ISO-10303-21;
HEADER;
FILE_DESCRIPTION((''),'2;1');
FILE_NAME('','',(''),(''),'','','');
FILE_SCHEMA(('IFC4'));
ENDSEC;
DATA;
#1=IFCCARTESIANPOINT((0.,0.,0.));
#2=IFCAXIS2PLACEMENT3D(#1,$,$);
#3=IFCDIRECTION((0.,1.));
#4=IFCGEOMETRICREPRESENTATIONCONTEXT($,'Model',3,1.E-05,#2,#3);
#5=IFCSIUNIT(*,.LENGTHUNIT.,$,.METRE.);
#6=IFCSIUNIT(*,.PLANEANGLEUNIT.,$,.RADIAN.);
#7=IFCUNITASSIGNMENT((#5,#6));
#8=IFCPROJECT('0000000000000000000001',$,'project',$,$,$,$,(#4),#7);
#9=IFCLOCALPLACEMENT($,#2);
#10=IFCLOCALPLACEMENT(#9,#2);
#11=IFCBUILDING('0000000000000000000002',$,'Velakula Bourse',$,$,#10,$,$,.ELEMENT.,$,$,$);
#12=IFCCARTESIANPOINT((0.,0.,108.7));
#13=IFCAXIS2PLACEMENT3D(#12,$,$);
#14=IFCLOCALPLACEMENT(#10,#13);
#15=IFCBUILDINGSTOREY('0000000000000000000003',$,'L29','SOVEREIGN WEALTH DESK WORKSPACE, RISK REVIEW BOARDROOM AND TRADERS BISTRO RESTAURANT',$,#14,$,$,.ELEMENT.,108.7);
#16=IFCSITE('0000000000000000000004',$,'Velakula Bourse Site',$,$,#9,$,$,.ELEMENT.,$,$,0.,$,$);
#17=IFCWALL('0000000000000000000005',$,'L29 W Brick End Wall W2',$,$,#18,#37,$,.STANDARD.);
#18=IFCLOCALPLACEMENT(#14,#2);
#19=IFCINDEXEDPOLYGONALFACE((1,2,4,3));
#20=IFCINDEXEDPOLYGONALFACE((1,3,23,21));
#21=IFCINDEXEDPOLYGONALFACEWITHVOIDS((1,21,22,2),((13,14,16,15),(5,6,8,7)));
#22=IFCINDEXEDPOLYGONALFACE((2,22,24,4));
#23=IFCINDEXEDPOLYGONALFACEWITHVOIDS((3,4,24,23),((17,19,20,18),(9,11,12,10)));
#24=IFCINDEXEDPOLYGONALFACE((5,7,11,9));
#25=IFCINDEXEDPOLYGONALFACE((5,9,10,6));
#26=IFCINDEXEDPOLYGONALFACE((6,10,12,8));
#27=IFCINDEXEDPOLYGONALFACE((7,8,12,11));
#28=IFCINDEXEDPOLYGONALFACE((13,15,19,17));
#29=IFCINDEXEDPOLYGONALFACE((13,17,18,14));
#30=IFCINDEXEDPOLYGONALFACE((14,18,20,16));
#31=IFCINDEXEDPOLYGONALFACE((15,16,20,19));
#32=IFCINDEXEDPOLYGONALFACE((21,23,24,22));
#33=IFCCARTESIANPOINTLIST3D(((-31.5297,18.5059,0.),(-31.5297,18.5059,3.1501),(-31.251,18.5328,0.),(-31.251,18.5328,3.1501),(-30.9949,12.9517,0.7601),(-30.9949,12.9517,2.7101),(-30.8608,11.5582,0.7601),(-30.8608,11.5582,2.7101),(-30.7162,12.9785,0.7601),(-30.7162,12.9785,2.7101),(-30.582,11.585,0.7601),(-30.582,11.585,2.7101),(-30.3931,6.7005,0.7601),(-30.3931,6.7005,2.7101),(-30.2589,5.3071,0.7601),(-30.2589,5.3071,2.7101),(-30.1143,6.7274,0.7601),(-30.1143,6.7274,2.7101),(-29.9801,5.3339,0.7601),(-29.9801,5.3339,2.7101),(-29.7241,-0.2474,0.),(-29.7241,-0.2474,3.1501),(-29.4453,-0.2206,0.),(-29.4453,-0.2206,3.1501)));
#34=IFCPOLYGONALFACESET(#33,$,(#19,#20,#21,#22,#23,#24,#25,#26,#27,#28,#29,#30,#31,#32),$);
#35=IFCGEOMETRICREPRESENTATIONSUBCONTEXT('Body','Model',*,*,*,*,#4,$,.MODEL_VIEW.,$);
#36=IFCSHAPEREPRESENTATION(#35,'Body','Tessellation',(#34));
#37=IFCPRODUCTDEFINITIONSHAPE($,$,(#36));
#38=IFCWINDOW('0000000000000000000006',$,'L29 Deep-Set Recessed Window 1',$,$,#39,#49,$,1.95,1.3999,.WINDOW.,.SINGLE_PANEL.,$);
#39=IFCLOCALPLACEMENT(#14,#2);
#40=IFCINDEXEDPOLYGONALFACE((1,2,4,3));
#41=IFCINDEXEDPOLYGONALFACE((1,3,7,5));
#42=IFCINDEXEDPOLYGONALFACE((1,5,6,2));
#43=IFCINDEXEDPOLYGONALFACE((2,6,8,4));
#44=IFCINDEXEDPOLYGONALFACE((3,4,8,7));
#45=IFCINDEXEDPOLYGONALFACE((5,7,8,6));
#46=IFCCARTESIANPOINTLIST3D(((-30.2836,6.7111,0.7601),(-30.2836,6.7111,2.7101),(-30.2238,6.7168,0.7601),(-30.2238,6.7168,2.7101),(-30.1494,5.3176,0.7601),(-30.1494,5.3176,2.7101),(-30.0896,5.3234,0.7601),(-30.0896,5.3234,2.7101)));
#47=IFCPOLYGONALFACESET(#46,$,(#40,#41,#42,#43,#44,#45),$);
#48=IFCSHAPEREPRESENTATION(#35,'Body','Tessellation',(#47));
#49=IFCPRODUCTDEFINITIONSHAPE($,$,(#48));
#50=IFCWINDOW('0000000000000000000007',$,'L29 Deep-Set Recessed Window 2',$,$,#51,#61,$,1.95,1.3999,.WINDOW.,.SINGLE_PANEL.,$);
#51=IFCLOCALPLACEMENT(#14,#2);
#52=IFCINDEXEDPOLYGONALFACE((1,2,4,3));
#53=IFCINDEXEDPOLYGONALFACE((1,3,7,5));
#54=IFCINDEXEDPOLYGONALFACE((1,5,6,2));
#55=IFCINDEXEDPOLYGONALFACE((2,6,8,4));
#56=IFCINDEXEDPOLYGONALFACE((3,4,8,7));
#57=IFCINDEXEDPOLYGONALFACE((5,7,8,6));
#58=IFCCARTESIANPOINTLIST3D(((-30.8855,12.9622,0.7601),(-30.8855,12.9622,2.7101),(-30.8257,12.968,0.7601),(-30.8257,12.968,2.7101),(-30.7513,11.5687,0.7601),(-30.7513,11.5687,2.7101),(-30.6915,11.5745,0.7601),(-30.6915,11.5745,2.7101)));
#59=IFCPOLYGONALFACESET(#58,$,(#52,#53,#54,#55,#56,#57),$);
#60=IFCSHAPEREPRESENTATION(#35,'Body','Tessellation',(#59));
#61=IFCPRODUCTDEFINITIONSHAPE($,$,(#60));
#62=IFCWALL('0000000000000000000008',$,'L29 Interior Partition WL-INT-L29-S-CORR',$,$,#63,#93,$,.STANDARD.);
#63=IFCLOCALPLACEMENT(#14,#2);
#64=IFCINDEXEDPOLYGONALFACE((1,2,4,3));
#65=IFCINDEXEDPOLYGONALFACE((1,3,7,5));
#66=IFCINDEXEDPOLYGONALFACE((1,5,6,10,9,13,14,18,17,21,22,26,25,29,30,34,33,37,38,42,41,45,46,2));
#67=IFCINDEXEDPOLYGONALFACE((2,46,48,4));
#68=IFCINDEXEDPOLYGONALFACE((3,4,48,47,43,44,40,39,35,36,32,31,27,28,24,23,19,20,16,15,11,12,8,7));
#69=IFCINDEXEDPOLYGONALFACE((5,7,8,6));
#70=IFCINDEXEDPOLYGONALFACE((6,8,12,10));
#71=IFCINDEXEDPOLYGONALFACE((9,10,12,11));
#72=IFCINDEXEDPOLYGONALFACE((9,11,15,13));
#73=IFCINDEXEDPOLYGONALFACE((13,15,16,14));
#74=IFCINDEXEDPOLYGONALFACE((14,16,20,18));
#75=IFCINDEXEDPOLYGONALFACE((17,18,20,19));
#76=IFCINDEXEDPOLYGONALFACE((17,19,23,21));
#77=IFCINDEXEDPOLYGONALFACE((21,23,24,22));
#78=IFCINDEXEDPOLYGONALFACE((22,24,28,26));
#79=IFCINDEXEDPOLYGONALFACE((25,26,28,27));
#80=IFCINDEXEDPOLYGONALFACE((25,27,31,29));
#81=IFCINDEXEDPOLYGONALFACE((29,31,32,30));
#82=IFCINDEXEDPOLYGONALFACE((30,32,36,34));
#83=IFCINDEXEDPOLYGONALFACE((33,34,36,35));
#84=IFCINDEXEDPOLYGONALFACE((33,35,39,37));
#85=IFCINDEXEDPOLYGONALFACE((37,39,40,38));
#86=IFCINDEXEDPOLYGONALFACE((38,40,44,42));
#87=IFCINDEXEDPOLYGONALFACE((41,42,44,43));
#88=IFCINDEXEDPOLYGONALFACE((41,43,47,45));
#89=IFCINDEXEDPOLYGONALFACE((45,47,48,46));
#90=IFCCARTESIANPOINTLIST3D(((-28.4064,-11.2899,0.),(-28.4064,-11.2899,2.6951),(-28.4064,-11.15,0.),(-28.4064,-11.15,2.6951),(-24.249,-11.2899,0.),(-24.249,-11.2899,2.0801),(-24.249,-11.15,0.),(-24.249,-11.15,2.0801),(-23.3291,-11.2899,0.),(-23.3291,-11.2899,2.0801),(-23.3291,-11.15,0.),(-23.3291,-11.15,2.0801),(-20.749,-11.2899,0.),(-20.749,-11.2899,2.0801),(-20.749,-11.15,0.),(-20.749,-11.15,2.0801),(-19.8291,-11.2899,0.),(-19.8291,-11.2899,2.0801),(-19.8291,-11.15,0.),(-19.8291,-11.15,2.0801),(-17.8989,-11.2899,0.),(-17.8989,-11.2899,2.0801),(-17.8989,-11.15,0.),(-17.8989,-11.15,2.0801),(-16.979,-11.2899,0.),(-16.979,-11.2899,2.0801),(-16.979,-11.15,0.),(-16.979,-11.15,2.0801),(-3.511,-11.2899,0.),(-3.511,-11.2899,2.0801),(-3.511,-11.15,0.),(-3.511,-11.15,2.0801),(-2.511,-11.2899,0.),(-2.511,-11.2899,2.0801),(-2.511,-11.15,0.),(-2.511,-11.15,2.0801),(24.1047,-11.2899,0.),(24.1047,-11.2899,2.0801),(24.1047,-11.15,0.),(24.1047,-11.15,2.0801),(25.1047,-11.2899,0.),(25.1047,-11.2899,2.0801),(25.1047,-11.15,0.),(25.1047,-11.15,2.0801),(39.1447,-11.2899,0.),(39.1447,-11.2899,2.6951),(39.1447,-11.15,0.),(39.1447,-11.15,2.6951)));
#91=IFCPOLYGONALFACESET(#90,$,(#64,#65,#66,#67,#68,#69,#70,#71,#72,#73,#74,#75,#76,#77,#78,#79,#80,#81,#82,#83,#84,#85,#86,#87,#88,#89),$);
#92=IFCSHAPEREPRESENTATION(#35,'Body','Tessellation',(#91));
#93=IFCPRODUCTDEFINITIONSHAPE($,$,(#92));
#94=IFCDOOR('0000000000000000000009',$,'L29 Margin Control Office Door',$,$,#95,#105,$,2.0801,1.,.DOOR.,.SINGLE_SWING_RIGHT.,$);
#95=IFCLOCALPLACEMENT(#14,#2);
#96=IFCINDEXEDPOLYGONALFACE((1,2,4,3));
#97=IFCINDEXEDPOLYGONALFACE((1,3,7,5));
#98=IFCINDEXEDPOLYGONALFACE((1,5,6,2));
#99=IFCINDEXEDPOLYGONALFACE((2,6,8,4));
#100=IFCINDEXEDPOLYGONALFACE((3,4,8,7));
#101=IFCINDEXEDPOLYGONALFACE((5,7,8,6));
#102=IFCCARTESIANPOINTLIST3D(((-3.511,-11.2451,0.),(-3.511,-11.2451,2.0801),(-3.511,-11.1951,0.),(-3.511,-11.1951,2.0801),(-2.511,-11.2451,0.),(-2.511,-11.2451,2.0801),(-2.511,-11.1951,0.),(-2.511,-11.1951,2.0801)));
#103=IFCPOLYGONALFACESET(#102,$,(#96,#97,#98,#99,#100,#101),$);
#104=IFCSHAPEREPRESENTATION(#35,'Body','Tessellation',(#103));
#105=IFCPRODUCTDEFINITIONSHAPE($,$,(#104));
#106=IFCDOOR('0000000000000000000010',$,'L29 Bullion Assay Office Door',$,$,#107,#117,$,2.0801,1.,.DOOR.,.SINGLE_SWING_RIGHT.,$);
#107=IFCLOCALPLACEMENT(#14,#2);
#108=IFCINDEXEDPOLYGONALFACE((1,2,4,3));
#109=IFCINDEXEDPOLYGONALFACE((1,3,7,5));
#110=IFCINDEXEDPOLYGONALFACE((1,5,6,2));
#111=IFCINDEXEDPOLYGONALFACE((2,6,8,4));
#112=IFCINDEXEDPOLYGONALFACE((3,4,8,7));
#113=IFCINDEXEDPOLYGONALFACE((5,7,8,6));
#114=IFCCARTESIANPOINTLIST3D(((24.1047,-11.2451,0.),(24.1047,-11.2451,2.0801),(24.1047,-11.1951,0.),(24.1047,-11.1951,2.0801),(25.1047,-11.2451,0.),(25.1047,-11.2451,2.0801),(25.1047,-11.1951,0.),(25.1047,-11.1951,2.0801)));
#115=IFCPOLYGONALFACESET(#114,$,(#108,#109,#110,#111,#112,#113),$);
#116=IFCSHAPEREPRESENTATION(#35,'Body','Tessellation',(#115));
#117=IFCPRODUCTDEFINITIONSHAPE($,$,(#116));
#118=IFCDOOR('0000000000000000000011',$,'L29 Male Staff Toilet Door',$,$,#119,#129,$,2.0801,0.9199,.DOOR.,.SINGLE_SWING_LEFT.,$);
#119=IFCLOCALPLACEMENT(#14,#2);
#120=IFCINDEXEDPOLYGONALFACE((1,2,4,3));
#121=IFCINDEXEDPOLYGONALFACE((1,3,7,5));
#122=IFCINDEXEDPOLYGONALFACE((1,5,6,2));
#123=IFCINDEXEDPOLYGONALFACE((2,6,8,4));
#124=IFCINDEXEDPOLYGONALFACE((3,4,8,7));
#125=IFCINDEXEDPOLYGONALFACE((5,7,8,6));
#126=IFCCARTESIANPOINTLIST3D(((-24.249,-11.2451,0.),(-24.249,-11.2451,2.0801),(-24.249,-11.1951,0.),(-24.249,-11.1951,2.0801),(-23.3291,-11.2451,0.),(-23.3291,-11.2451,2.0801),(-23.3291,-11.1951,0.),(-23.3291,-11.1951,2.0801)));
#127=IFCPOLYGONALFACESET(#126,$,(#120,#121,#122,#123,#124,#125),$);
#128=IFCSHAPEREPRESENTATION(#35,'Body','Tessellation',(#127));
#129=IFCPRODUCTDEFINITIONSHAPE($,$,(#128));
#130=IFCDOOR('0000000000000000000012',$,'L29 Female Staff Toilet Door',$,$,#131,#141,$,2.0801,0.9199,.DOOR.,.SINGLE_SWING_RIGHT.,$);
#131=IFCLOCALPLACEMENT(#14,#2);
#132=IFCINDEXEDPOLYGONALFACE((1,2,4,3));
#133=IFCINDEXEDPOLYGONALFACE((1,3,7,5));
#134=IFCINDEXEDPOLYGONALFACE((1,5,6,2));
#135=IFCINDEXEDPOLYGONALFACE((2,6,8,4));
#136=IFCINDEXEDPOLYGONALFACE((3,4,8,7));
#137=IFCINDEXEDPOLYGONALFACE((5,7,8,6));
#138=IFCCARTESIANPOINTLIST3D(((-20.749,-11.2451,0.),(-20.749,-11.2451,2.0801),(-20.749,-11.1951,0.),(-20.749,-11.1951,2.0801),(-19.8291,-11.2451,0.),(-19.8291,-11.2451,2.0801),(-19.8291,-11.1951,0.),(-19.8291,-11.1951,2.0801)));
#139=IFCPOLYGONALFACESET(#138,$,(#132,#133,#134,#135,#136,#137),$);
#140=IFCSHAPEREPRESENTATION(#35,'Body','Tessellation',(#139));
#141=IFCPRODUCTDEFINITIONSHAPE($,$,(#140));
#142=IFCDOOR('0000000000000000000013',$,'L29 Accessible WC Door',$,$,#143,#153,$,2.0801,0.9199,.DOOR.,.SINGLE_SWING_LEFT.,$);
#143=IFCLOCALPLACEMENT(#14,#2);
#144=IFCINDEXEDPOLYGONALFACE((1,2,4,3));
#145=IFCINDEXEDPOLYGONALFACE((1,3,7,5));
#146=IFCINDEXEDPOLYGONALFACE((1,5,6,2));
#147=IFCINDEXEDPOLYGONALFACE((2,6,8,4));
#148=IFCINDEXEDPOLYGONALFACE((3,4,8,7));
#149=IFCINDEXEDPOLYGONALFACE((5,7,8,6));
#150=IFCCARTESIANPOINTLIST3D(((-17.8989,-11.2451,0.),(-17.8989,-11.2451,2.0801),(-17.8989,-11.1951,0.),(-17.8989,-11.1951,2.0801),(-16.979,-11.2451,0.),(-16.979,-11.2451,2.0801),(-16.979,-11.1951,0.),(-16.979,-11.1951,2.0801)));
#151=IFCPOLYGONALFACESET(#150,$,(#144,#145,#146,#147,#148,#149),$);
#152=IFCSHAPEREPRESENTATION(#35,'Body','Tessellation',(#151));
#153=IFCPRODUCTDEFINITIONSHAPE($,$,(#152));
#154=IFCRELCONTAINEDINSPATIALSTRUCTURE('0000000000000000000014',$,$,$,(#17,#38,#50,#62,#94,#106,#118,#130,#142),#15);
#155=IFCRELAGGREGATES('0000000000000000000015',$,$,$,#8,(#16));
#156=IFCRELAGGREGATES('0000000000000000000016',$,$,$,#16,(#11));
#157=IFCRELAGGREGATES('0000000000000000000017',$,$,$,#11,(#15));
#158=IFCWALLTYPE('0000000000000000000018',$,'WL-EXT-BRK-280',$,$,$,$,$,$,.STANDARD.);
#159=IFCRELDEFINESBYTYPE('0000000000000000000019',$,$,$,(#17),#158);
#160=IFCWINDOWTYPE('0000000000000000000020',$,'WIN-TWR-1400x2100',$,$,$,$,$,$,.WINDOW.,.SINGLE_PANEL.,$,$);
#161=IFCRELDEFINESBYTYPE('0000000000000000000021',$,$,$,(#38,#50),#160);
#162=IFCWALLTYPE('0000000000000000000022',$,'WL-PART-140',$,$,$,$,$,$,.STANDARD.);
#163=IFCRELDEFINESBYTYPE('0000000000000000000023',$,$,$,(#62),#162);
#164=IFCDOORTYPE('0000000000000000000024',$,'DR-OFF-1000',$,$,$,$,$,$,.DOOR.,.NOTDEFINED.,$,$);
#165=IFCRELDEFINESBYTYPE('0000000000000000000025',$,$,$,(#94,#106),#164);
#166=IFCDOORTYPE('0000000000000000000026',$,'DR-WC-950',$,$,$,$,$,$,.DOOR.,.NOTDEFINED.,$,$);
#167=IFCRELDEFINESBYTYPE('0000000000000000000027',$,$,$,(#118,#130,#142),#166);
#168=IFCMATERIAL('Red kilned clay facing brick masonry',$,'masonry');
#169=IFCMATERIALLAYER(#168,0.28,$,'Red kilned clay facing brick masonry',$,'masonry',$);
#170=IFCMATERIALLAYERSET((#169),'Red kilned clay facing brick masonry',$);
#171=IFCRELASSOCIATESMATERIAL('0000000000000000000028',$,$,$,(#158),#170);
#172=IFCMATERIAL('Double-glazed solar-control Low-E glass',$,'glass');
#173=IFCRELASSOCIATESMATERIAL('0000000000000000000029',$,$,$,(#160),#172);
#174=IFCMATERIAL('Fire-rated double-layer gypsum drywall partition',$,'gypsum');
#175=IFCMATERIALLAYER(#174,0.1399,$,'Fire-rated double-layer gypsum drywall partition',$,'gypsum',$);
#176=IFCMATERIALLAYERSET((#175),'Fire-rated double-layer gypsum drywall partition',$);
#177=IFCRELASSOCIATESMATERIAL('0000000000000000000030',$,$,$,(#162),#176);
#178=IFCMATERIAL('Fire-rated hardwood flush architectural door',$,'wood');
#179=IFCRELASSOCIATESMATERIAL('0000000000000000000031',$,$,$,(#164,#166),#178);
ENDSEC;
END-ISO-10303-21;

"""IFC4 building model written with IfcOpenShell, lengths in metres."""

from ifc_helpers import new_model, si_unit, direction, frame, frame_2d, origin, place, context, subcontext, project, spatial, rectangle, extrude, material, layer, layer_set, type_object, element, fill, save


model = new_model("IFC4")

# Units and contexts
model_context = context("Model", 3, precision=1e-05, world=origin(), true_north=direction((0.0, 1.0)))
body_context = subcontext(model_context, "Body", "Model", "MODEL_VIEW")
ifc_project = project(units=[si_unit("LENGTHUNIT", "METRE"), si_unit("PLANEANGLEUNIT", "RADIAN")], contexts=[model_context])

# Site, building, storey
site_placement = place(None, origin())
site = spatial("IfcSite", under=ifc_project, at=site_placement, Name="Velakula Bourse Site", CompositionType="ELEMENT", RefElevation=0.0)
building_placement = place(site_placement, origin())
building = spatial("IfcBuilding", under=site, at=building_placement, Name="Velakula Bourse", CompositionType="ELEMENT")
storey_placement = place(building_placement, frame((0.0, 0.0, 108.7)))
storey = spatial("IfcBuildingStorey", under=building, at=storey_placement, Name="L29", Description="SOVEREIGN WEALTH DESK WORKSPACE, RISK REVIEW BOARDROOM AND TRADERS BISTRO RESTAURANT", CompositionType="ELEMENT", Elevation=108.7)

# Wall, openings, windows
ifc_material_1 = material(Name="Red kilned clay facing brick masonry", Category="masonry")
ifc_layer_1 = layer(ifc_material_1, 0.28, Name="Red kilned clay facing brick masonry", Category="masonry")
ifc_layer_set_1 = layer_set([ifc_layer_1], Name="Red kilned clay facing brick masonry")
wall_type_1 = type_object("IfcWallType", Name="WL-EXT-BRK-280", PredefinedType="STANDARD", material=ifc_layer_set_1)
wall_1_placement = place(storey_placement, frame((-29.5847, -0.2339, 0.0), z_axis=(0.0, 0.0, 1.0), x_axis=(-0.095841, 0.995397, 0.0)))
wall_1 = element("IfcWall", 1, at=wall_1_placement, inside=storey, type_object=wall_type_1, Name="L29 W Brick End Wall W2", PredefinedType="STANDARD", context=body_context, shape_type="SweptSolid", body=[
    extrude(rectangle(XDim=18.8401, YDim=0.28, at=frame_2d((9.4199, 0.0))), origin(), (0.0, 0.0, 1.0), 3.1501),
])
opening_1_placement = place(wall_1_placement, frame((5.5801, 0.0, 0.76)))
opening_1 = element("IfcOpeningElement", 2, at=opening_1_placement, cuts=wall_1, PredefinedType="OPENING", context=body_context, shape_type="SweptSolid", body=[
    extrude(rectangle(XDim=1.3999, YDim=1.95, at=frame_2d((0.7, 0.9751))), frame((0.0, 0.1499, 0.0), z_axis=(0.0, -1.0, 0.0), x_axis=(1.0, 0.0, 0.0)), (0.0, 0.0, 1.0), 0.3),
])
opening_2_placement = place(wall_1_placement, frame((11.8601, 0.0, 0.76)))
opening_2 = element("IfcOpeningElement", 3, at=opening_2_placement, cuts=wall_1, PredefinedType="OPENING", context=body_context, shape_type="SweptSolid", body=[
    extrude(rectangle(XDim=1.3999, YDim=1.95, at=frame_2d((0.7, 0.9751))), frame((0.0, 0.1499, 0.0), z_axis=(0.0, -1.0, 0.0), x_axis=(1.0, 0.0, 0.0)), (0.0, 0.0, 1.0), 0.3),
])
ifc_material_2 = material(Name="Double-glazed solar-control Low-E glass", Category="glass")
window_type = type_object("IfcWindowType", Name="WIN-TWR-1400x2100", PartitioningType="SINGLE_PANEL", PredefinedType="WINDOW", material=ifc_material_2)
window_1_placement = place(opening_1_placement, origin())
window_1 = element("IfcWindow", 4, at=window_1_placement, inside=storey, type_object=window_type, Name="L29 Deep-Set Recessed Window 1", OverallHeight=1.95, OverallWidth=1.3999, PartitioningType="SINGLE_PANEL", PredefinedType="WINDOW", context=body_context, shape_type="SweptSolid", body=[
    extrude(rectangle(XDim=1.3999, YDim=1.95, at=frame_2d((0.7, 0.9751))), frame((0.0, 0.03, 0.0), z_axis=(0.0, -1.0, 0.0), x_axis=(1.0, 0.0, 0.0)), (0.0, 0.0, 1.0), 0.0601),
])
fill(opening_1, window_1)
window_2_placement = place(opening_2_placement, origin())
window_2 = element("IfcWindow", 5, at=window_2_placement, inside=storey, type_object=window_type, Name="L29 Deep-Set Recessed Window 2", OverallHeight=1.95, OverallWidth=1.3999, PartitioningType="SINGLE_PANEL", PredefinedType="WINDOW", context=body_context, shape_type="SweptSolid", body=[
    extrude(rectangle(XDim=1.3999, YDim=1.95, at=frame_2d((0.7, 0.9751))), frame((0.0, 0.03, 0.0), z_axis=(0.0, -1.0, 0.0), x_axis=(1.0, 0.0, 0.0)), (0.0, 0.0, 1.0), 0.0601),
])
fill(opening_2, window_2)

# Wall, openings, doors
ifc_material_3 = material(Name="Fire-rated double-layer gypsum drywall partition", Category="gypsum")
ifc_layer_2 = layer(ifc_material_3, 0.1399, Name="Fire-rated double-layer gypsum drywall partition", Category="gypsum")
ifc_layer_set_2 = layer_set([ifc_layer_2], Name="Fire-rated double-layer gypsum drywall partition")
wall_type_2 = type_object("IfcWallType", Name="WL-PART-140", PredefinedType="STANDARD", material=ifc_layer_set_2)
wall_2_placement = place(storey_placement, frame((-28.4062, -11.22, 0.0), z_axis=(0.0, 0.0, 1.0), x_axis=(1.0, 0.0, 0.0)))
wall_2 = element("IfcWall", 6, at=wall_2_placement, inside=storey, type_object=wall_type_2, Name="L29 Interior Partition WL-INT-L29-S-CORR", PredefinedType="STANDARD", context=body_context, shape_type="SweptSolid", body=[
    extrude(rectangle(XDim=67.551, YDim=0.1399, at=frame_2d((33.7754, 0.0))), origin(), (0.0, 0.0, 1.0), 2.6951),
])
opening_3_placement = place(wall_2_placement, frame((4.1572, 0.0, 0.0)))
opening_3 = element("IfcOpeningElement", 7, at=opening_3_placement, cuts=wall_2, PredefinedType="OPENING", context=body_context, shape_type="SweptSolid", body=[
    extrude(rectangle(XDim=0.9199, YDim=2.0801, at=frame_2d((0.46, 1.04))), frame((0.0, 0.0798, 0.0), z_axis=(0.0, -1.0, 0.0), x_axis=(1.0, 0.0, 0.0)), (0.0, 0.0, 1.0), 0.1599),
])
opening_4_placement = place(wall_2_placement, frame((7.6572, 0.0, 0.0)))
opening_4 = element("IfcOpeningElement", 8, at=opening_4_placement, cuts=wall_2, PredefinedType="OPENING", context=body_context, shape_type="SweptSolid", body=[
    extrude(rectangle(XDim=0.9199, YDim=2.0801, at=frame_2d((0.46, 1.04))), frame((0.0, 0.0798, 0.0), z_axis=(0.0, -1.0, 0.0), x_axis=(1.0, 0.0, 0.0)), (0.0, 0.0, 1.0), 0.1599),
])
opening_5_placement = place(wall_2_placement, frame((10.5073, 0.0, 0.0)))
opening_5 = element("IfcOpeningElement", 9, at=opening_5_placement, cuts=wall_2, PredefinedType="OPENING", context=body_context, shape_type="SweptSolid", body=[
    extrude(rectangle(XDim=0.9199, YDim=2.0801, at=frame_2d((0.46, 1.04))), frame((0.0, 0.0798, 0.0), z_axis=(0.0, -1.0, 0.0), x_axis=(1.0, 0.0, 0.0)), (0.0, 0.0, 1.0), 0.1599),
])
opening_6_placement = place(wall_2_placement, frame((24.8953, 0.0, 0.0)))
opening_6 = element("IfcOpeningElement", 10, at=opening_6_placement, cuts=wall_2, PredefinedType="OPENING", context=body_context, shape_type="SweptSolid", body=[
    extrude(rectangle(XDim=1.0, YDim=2.0801, at=frame_2d((0.5, 1.04))), frame((0.0, 0.0798, 0.0), z_axis=(0.0, -1.0, 0.0), x_axis=(1.0, 0.0, 0.0)), (0.0, 0.0, 1.0), 0.1599),
])
opening_7_placement = place(wall_2_placement, frame((52.511, 0.0, 0.0)))
opening_7 = element("IfcOpeningElement", 11, at=opening_7_placement, cuts=wall_2, PredefinedType="OPENING", context=body_context, shape_type="SweptSolid", body=[
    extrude(rectangle(XDim=1.0, YDim=2.0801, at=frame_2d((0.5, 1.04))), frame((0.0, 0.0798, 0.0), z_axis=(0.0, -1.0, 0.0), x_axis=(1.0, 0.0, 0.0)), (0.0, 0.0, 1.0), 0.1599),
])
ifc_material_4 = material(Name="Fire-rated hardwood flush architectural door", Category="wood")
door_type_1 = type_object("IfcDoorType", Name="DR-OFF-1000", OperationType="NOTDEFINED", PredefinedType="DOOR", material=ifc_material_4)
door_1_placement = place(opening_6_placement, origin())
door_1 = element("IfcDoor", 12, at=door_1_placement, inside=storey, type_object=door_type_1, Name="L29 Margin Control Office Door", OperationType="SINGLE_SWING_RIGHT", OverallHeight=2.0801, OverallWidth=1.0, PredefinedType="DOOR", context=body_context, shape_type="SweptSolid", body=[
    extrude(rectangle(XDim=1.0, YDim=2.0801, at=frame_2d((0.5, 1.04))), frame((0.0, 0.0249, 0.0), z_axis=(0.0, -1.0, 0.0), x_axis=(1.0, 0.0, 0.0)), (0.0, 0.0, 1.0), 0.05),
])
fill(opening_6, door_1)
door_2_placement = place(opening_7_placement, origin())
door_2 = element("IfcDoor", 13, at=door_2_placement, inside=storey, type_object=door_type_1, Name="L29 Bullion Assay Office Door", OperationType="SINGLE_SWING_RIGHT", OverallHeight=2.0801, OverallWidth=1.0, PredefinedType="DOOR", context=body_context, shape_type="SweptSolid", body=[
    extrude(rectangle(XDim=1.0, YDim=2.0801, at=frame_2d((0.5, 1.04))), frame((0.0, 0.0249, 0.0), z_axis=(0.0, -1.0, 0.0), x_axis=(1.0, 0.0, 0.0)), (0.0, 0.0, 1.0), 0.05),
])
fill(opening_7, door_2)
door_type_2 = type_object("IfcDoorType", Name="DR-WC-950", OperationType="NOTDEFINED", PredefinedType="DOOR", material=ifc_material_4)
door_3_placement = place(opening_3_placement, origin())
door_3 = element("IfcDoor", 14, at=door_3_placement, inside=storey, type_object=door_type_2, Name="L29 Male Staff Toilet Door", OperationType="SINGLE_SWING_LEFT", OverallHeight=2.0801, OverallWidth=0.9199, PredefinedType="DOOR", context=body_context, shape_type="SweptSolid", body=[
    extrude(rectangle(XDim=0.9199, YDim=2.0801, at=frame_2d((0.46, 1.04))), frame((0.0, 0.0249, 0.0), z_axis=(0.0, -1.0, 0.0), x_axis=(1.0, 0.0, 0.0)), (0.0, 0.0, 1.0), 0.05),
])
fill(opening_3, door_3)
door_4_placement = place(opening_4_placement, origin())
door_4 = element("IfcDoor", 15, at=door_4_placement, inside=storey, type_object=door_type_2, Name="L29 Female Staff Toilet Door", OperationType="SINGLE_SWING_RIGHT", OverallHeight=2.0801, OverallWidth=0.9199, PredefinedType="DOOR", context=body_context, shape_type="SweptSolid", body=[
    extrude(rectangle(XDim=0.9199, YDim=2.0801, at=frame_2d((0.46, 1.04))), frame((0.0, 0.0249, 0.0), z_axis=(0.0, -1.0, 0.0), x_axis=(1.0, 0.0, 0.0)), (0.0, 0.0, 1.0), 0.05),
])
fill(opening_4, door_4)
door_5_placement = place(opening_5_placement, origin())
door_5 = element("IfcDoor", 16, at=door_5_placement, inside=storey, type_object=door_type_2, Name="L29 Accessible WC Door", OperationType="SINGLE_SWING_LEFT", OverallHeight=2.0801, OverallWidth=0.9199, PredefinedType="DOOR", context=body_context, shape_type="SweptSolid", body=[
    extrude(rectangle(XDim=0.9199, YDim=2.0801, at=frame_2d((0.46, 1.04))), frame((0.0, 0.0249, 0.0), z_axis=(0.0, -1.0, 0.0), x_axis=(1.0, 0.0, 0.0)), (0.0, 0.0, 1.0), 0.05),
])
fill(opening_5, door_5)

save(model, "model.ifc")
